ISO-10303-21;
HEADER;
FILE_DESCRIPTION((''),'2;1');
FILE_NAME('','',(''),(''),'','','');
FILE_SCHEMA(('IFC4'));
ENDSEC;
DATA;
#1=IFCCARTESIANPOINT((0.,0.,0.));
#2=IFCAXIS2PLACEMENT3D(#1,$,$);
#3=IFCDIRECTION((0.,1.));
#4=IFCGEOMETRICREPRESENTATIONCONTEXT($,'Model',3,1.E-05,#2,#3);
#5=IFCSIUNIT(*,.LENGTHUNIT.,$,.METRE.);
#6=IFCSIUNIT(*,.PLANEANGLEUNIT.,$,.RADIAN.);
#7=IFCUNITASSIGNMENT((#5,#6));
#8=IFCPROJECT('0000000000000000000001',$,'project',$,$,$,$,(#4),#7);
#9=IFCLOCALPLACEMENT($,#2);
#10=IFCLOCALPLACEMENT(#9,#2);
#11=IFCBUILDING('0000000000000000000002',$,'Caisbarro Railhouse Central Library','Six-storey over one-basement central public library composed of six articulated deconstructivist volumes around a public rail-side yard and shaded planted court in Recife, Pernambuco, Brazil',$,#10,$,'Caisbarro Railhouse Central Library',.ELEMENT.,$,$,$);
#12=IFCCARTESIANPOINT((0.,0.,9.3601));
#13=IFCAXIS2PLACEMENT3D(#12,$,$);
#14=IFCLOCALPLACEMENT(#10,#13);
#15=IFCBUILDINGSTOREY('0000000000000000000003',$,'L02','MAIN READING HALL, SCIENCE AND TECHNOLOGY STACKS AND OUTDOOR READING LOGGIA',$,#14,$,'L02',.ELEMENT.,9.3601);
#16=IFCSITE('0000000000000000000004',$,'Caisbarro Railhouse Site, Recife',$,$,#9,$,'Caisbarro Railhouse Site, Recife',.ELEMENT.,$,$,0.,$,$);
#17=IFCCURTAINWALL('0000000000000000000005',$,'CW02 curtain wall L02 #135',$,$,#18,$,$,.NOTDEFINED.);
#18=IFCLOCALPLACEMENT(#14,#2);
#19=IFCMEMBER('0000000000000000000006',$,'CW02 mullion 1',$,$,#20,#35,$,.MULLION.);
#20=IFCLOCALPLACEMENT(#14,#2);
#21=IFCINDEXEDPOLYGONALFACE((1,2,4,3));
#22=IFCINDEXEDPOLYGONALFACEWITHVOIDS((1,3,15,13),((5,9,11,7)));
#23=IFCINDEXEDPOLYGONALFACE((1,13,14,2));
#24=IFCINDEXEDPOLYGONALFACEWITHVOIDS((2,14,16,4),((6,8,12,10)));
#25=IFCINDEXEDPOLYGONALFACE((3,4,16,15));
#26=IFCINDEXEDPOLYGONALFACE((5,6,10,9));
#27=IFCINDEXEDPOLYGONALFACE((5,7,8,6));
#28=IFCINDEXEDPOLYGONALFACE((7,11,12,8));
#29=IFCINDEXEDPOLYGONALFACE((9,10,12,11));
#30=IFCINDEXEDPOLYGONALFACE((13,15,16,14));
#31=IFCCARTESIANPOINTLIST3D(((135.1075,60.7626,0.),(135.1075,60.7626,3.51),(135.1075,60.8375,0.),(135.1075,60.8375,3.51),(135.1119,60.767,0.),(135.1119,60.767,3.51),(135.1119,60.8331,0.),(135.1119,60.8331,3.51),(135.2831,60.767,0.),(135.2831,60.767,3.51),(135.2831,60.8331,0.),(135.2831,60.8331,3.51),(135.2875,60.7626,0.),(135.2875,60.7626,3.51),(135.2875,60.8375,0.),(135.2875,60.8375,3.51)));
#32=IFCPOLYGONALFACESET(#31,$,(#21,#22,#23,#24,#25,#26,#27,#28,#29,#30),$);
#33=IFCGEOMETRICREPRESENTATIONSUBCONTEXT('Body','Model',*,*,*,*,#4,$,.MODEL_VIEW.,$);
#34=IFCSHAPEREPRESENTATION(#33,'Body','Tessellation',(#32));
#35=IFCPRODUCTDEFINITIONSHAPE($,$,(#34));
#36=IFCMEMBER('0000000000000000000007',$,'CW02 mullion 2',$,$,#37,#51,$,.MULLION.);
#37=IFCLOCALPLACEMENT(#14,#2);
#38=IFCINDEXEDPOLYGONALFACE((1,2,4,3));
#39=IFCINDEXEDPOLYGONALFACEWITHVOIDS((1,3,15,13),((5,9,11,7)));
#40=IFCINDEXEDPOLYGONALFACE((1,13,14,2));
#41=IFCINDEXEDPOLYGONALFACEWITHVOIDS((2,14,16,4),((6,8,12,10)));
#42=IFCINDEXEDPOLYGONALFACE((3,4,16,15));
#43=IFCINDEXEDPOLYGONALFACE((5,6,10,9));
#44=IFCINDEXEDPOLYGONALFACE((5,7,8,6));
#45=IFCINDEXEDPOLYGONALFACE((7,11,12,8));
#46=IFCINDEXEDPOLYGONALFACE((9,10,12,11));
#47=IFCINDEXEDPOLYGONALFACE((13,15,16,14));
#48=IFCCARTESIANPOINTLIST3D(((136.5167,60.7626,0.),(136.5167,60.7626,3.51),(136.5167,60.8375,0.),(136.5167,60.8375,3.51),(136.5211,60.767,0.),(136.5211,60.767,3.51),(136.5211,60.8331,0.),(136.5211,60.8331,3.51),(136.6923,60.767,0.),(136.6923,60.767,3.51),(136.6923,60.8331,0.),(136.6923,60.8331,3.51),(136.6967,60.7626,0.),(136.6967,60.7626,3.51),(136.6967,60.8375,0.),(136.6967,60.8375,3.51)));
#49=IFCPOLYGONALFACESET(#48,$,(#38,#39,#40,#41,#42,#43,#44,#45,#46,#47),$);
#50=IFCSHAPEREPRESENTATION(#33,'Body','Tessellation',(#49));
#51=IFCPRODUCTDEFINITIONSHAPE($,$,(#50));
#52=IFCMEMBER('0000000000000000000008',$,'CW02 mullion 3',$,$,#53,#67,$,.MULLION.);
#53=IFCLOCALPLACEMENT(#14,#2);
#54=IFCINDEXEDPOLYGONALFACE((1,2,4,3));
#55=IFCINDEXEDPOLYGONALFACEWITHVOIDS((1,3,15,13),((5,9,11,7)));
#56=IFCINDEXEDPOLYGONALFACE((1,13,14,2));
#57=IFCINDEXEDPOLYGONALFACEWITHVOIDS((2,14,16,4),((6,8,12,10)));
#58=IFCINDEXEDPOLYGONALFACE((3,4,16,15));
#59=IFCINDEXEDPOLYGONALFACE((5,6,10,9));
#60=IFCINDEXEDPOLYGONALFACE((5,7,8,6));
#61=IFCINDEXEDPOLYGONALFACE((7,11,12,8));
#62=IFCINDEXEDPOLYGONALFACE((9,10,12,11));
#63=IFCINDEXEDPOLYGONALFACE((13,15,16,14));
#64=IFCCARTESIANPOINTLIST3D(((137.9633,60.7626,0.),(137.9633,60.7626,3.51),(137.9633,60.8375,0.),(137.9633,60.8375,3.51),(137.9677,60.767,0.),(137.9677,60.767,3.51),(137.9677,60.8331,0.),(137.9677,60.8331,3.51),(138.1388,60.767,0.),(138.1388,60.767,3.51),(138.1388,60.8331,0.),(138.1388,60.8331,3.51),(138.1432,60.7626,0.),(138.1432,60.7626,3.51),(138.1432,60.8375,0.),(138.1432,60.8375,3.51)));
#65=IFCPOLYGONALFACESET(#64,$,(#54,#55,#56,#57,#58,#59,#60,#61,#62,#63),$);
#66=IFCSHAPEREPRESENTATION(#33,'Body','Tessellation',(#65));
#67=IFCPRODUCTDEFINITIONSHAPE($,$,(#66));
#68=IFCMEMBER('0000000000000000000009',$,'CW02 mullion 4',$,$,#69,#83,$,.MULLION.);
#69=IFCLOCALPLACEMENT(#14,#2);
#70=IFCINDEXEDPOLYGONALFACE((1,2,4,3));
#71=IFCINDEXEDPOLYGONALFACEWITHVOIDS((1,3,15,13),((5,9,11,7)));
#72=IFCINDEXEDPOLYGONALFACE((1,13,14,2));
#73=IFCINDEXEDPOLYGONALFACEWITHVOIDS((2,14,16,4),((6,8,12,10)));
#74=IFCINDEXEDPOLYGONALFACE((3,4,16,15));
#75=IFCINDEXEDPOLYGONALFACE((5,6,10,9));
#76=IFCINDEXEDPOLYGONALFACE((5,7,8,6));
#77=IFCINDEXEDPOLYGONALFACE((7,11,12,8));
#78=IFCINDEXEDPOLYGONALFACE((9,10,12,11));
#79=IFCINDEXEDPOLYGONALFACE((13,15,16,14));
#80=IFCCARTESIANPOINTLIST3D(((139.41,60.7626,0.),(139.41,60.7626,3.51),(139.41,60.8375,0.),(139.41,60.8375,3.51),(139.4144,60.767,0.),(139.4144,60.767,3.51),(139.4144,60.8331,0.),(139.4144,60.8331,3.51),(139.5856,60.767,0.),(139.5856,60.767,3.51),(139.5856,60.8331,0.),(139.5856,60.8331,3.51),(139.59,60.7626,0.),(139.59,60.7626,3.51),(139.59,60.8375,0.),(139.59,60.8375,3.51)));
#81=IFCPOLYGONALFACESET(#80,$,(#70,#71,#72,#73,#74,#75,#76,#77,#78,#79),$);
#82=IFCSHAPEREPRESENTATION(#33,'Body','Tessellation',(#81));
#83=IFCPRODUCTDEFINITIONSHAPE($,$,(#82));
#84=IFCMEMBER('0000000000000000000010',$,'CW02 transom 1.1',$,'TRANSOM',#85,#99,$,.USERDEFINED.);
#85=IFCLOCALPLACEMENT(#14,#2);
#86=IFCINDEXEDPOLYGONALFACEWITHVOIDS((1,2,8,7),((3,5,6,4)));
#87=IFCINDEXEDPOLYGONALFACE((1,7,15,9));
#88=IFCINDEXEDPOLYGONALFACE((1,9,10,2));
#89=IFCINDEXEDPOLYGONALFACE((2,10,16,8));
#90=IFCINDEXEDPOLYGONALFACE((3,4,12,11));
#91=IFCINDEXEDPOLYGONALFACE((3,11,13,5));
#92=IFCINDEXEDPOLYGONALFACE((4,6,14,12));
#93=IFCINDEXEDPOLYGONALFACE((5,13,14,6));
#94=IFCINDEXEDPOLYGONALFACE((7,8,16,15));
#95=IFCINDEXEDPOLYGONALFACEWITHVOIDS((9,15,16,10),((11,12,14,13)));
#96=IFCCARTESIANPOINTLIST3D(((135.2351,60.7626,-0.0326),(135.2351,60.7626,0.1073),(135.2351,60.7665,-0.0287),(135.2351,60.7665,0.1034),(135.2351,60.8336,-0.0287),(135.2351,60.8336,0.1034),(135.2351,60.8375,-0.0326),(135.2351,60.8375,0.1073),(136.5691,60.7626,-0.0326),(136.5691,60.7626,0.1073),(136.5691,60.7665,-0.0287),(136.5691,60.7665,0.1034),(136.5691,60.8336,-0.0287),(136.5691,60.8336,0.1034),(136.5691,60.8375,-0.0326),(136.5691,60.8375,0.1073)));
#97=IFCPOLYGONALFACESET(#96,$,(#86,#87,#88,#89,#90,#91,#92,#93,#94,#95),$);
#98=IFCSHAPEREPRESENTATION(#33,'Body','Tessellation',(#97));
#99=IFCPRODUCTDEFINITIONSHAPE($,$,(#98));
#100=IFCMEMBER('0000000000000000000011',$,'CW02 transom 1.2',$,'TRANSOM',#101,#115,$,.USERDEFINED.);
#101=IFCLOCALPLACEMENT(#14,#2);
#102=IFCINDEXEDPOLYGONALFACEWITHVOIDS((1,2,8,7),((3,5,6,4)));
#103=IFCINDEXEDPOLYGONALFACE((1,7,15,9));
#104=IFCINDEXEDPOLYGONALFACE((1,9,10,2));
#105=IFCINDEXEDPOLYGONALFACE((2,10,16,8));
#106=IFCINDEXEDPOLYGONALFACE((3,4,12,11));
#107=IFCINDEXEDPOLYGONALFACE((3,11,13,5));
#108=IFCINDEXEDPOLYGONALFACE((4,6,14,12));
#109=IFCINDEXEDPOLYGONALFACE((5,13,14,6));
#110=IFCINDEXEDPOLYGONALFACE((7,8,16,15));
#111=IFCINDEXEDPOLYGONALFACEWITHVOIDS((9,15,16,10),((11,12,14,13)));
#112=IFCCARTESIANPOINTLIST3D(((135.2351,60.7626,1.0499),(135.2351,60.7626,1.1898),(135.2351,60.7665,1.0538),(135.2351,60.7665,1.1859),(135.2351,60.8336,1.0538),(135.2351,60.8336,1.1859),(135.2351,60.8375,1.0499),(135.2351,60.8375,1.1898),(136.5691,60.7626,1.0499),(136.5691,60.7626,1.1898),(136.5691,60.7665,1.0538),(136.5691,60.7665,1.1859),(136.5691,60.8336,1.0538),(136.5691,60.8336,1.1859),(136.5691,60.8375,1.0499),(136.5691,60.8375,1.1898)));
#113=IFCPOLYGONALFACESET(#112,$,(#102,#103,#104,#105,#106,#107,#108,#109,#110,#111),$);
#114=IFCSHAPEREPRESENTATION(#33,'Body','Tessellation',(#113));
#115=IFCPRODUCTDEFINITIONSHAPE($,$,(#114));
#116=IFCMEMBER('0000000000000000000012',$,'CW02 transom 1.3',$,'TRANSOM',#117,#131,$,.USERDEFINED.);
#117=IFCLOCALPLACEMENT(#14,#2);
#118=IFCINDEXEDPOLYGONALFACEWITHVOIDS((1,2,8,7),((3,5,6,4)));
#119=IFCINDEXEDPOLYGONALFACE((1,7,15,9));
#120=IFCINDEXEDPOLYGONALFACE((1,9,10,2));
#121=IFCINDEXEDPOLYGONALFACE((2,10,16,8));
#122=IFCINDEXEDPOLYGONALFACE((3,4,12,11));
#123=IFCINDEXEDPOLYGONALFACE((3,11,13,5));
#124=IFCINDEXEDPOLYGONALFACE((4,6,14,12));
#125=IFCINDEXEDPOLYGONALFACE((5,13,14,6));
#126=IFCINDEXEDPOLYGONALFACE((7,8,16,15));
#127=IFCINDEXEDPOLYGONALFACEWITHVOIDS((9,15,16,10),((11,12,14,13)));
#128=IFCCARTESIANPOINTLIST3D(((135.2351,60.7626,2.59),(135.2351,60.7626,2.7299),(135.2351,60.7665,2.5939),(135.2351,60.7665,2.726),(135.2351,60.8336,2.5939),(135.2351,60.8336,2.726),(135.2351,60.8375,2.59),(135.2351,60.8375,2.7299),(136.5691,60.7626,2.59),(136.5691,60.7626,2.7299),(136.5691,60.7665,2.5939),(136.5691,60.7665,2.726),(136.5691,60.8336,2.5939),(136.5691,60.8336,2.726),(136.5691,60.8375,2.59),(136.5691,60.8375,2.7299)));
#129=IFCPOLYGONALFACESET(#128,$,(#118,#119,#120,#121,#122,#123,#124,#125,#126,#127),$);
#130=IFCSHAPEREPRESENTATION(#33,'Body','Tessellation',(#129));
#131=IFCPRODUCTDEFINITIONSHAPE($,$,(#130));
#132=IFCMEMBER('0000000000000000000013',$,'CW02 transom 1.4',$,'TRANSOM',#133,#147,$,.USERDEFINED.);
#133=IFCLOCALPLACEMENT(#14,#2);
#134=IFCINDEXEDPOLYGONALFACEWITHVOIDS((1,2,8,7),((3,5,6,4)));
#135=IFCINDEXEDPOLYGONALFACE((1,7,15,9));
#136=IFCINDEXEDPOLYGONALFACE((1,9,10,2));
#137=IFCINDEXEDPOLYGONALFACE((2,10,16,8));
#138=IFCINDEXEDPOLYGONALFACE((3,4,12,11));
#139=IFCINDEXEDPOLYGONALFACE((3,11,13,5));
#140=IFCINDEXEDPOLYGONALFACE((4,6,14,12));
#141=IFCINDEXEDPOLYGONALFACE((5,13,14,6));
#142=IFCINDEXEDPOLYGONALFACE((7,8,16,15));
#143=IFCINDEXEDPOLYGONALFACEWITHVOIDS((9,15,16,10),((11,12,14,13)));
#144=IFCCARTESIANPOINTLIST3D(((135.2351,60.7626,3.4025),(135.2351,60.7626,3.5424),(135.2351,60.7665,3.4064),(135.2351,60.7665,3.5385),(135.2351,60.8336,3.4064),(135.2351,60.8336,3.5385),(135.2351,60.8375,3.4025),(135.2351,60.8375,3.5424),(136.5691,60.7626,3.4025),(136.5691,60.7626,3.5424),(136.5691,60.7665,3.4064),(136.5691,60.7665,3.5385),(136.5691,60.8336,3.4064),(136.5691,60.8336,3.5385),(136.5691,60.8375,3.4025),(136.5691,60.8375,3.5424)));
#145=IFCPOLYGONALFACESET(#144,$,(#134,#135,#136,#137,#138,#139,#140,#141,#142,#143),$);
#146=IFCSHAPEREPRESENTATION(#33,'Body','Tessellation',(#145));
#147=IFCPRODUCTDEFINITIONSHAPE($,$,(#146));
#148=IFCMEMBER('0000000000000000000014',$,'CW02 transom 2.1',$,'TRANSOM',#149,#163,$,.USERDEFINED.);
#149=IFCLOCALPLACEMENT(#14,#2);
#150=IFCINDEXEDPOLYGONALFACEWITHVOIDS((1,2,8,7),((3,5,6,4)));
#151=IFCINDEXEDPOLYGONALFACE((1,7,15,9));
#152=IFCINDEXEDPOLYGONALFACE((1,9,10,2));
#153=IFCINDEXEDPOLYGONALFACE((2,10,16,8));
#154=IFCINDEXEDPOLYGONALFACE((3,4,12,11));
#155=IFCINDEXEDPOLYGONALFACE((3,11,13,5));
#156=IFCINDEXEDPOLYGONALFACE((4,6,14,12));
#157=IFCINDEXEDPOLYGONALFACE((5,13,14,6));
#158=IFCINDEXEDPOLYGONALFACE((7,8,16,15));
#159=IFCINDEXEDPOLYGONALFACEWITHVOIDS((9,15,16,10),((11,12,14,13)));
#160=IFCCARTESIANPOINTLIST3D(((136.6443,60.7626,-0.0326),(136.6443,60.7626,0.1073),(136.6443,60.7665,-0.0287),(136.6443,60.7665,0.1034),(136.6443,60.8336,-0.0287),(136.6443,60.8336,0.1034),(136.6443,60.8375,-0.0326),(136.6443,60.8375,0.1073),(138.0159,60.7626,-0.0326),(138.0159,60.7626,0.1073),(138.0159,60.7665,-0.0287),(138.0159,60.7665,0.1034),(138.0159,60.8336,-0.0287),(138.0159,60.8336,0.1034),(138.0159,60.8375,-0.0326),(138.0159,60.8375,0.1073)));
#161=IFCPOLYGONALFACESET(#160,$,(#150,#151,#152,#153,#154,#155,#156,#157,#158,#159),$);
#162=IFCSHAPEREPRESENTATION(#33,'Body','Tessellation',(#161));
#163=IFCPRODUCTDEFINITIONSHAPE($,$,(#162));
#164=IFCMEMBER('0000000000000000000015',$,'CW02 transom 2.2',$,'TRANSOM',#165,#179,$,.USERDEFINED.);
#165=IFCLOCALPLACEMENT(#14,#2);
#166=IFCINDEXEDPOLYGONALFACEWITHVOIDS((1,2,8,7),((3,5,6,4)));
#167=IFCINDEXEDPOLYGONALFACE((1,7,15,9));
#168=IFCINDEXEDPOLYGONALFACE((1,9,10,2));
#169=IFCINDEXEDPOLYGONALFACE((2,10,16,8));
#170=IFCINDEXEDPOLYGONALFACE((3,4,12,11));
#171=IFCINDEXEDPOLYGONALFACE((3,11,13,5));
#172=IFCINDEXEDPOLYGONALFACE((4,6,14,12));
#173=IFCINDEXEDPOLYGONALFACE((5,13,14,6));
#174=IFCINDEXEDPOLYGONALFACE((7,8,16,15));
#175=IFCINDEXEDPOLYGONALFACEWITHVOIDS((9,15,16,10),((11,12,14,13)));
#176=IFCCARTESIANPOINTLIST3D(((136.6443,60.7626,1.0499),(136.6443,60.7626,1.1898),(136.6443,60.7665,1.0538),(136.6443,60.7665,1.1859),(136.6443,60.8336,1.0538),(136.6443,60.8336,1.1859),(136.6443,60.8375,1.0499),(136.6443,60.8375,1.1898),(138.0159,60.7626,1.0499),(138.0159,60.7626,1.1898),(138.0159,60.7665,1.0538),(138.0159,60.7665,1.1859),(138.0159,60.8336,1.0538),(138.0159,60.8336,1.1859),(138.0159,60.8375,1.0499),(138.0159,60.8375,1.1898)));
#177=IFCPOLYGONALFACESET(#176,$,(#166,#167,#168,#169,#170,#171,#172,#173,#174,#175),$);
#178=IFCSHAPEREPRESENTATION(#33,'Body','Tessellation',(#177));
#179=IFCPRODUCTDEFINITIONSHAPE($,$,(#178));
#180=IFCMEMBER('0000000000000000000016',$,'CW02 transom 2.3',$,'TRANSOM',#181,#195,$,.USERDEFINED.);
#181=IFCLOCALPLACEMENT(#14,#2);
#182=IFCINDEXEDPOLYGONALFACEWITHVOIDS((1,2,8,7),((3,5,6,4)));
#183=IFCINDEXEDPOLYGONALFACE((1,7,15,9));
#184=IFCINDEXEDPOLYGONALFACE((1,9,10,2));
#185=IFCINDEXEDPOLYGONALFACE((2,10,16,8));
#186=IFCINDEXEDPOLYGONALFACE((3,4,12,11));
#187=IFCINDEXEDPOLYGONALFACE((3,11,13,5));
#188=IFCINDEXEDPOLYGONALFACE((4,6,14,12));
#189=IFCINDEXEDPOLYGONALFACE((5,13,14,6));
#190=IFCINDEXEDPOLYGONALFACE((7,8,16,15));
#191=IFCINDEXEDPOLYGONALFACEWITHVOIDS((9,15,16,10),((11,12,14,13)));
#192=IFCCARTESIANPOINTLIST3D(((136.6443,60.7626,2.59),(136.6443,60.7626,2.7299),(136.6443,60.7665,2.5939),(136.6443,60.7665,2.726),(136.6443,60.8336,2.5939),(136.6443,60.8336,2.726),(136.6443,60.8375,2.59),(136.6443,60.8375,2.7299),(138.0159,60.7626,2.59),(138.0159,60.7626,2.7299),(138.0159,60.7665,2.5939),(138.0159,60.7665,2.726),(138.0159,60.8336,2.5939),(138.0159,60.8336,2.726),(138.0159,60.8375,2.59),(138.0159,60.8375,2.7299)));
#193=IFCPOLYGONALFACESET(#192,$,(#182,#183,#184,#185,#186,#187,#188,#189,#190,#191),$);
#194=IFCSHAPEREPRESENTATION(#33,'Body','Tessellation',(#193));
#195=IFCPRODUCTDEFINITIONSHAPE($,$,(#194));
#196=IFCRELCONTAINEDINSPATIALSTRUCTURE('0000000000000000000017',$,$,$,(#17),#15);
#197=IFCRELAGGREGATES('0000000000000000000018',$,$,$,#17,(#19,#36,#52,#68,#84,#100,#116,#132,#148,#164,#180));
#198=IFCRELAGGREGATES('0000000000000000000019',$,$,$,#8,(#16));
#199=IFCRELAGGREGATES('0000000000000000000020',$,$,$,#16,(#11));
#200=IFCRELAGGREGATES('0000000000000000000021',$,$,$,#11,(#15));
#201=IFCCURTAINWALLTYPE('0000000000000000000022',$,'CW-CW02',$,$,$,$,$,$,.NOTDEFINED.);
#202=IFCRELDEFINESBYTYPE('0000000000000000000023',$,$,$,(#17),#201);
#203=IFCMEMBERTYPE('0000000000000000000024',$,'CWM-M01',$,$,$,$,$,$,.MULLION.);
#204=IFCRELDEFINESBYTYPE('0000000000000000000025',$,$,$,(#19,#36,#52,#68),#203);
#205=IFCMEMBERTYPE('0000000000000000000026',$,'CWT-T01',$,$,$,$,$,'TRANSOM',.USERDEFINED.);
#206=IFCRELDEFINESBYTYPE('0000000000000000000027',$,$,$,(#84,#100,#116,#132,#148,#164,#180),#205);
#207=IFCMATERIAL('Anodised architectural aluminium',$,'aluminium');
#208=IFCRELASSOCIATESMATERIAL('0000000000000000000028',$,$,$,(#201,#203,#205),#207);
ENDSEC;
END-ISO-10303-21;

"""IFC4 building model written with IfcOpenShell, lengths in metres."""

from ifc_helpers import new_model, si_unit, direction, frame, origin, origin_2d, place, context, subcontext, project, spatial, hollow_rectangle, extrude, material, material_profile, profile_set, type_object, element, aggregate, save


model = new_model("IFC4")

# Units and contexts
model_context = context("Model", 3, precision=1e-05, world=origin(), true_north=direction((0.0, 1.0)))
body_context = subcontext(model_context, "Body", "Model", "MODEL_VIEW")
ifc_project = project(units=[si_unit("LENGTHUNIT", "METRE"), si_unit("PLANEANGLEUNIT", "RADIAN")], contexts=[model_context])

# Site, building, storey
site_placement = place(None, origin())
site = spatial("IfcSite", under=ifc_project, at=site_placement, Name="Caisbarro Railhouse Site, Recife", LongName="Caisbarro Railhouse Site, Recife", CompositionType="ELEMENT", RefElevation=0.0)
building_placement = place(site_placement, origin())
building = spatial("IfcBuilding", under=site, at=building_placement, Name="Caisbarro Railhouse Central Library", Description="Six-storey over one-basement central public library composed of six articulated deconstructivist volumes around a public rail-side yard and shaded planted court in Recife, Pernambuco, Brazil", LongName="Caisbarro Railhouse Central Library", CompositionType="ELEMENT")
storey_placement = place(building_placement, frame((0.0, 0.0, 9.3601)))
storey = spatial("IfcBuildingStorey", under=building, at=storey_placement, Name="L02", Description="MAIN READING HALL, SCIENCE AND TECHNOLOGY STACKS AND OUTDOOR READING LOGGIA", LongName="L02", CompositionType="ELEMENT", Elevation=9.3601)

# Curtain wall, members
ifc_material_1 = material(Name="Anodised architectural aluminium", Category="aluminium")
curtain_wall_type = type_object("IfcCurtainWallType", Name="CW-CW02", PredefinedType="NOTDEFINED", material=ifc_material_1)
curtain_wall_placement = place(storey_placement, origin())
curtain_wall = element("IfcCurtainWall", 1, at=curtain_wall_placement, inside=storey, type_object=curtain_wall_type, Name="CW02 curtain wall L02 #135", PredefinedType="NOTDEFINED")
ifc_material_profile_1 = material_profile(ifc_material_1, hollow_rectangle(XDim=0.075, YDim=0.1799, WallThickness=0.0044, at=origin_2d()), Name="ALU-MUL-75X180")
ifc_profile_set_1 = profile_set([ifc_material_profile_1], Name="Anodised architectural aluminium")
member_type_1 = type_object("IfcMemberType", Name="CWM-M01", PredefinedType="MULLION", material=ifc_profile_set_1)
member_1_placement = place(storey_placement, frame((135.1975, 60.8, 0.0), z_axis=(0.0, 0.0, 1.0), x_axis=(0.0, 1.0, 0.0)))
member_1 = element("IfcMember", 2, at=member_1_placement, type_object=member_type_1, Name="CW02 mullion 1", PredefinedType="MULLION", context=body_context, shape_type="SweptSolid", body=[
    extrude(hollow_rectangle(XDim=0.075, YDim=0.1799, WallThickness=0.0044, at=origin_2d()), origin(), (0.0, 0.0, 1.0), 3.51),
])
member_2_placement = place(storey_placement, frame((136.6067, 60.8, 0.0), z_axis=(0.0, 0.0, 1.0), x_axis=(0.0, 1.0, 0.0)))
member_2 = element("IfcMember", 3, at=member_2_placement, type_object=member_type_1, Name="CW02 mullion 2", PredefinedType="MULLION", context=body_context, shape_type="SweptSolid", body=[
    extrude(hollow_rectangle(XDim=0.075, YDim=0.1799, WallThickness=0.0044, at=origin_2d()), origin(), (0.0, 0.0, 1.0), 3.51),
])
member_3_placement = place(storey_placement, frame((138.0532, 60.8, 0.0), z_axis=(0.0, 0.0, 1.0), x_axis=(0.0, 1.0, 0.0)))
member_3 = element("IfcMember", 4, at=member_3_placement, type_object=member_type_1, Name="CW02 mullion 3", PredefinedType="MULLION", context=body_context, shape_type="SweptSolid", body=[
    extrude(hollow_rectangle(XDim=0.075, YDim=0.1799, WallThickness=0.0044, at=origin_2d()), origin(), (0.0, 0.0, 1.0), 3.51),
])
member_4_placement = place(storey_placement, frame((139.5, 60.8, 0.0), z_axis=(0.0, 0.0, 1.0), x_axis=(0.0, 1.0, 0.0)))
member_4 = element("IfcMember", 5, at=member_4_placement, type_object=member_type_1, Name="CW02 mullion 4", PredefinedType="MULLION", context=body_context, shape_type="SweptSolid", body=[
    extrude(hollow_rectangle(XDim=0.075, YDim=0.1799, WallThickness=0.0044, at=origin_2d()), origin(), (0.0, 0.0, 1.0), 3.51),
])
ifc_material_profile_2 = material_profile(ifc_material_1, hollow_rectangle(XDim=0.075, YDim=0.1399, WallThickness=0.0039, at=origin_2d()), Name="ALU-TRN-75X140")
ifc_profile_set_2 = profile_set([ifc_material_profile_2], Name="Anodised architectural aluminium")
member_type_2 = type_object("IfcMemberType", Name="CWT-T01", ElementType="TRANSOM", PredefinedType="USERDEFINED", material=ifc_profile_set_2)
member_5_placement = place(storey_placement, frame((135.2351, 60.8, 0.0374), z_axis=(1.0, 0.0, 0.0), x_axis=(0.0, 1.0, 0.0)))
member_5 = element("IfcMember", 6, at=member_5_placement, type_object=member_type_2, Name="CW02 transom 1.1", ObjectType="TRANSOM", PredefinedType="USERDEFINED", context=body_context, shape_type="SweptSolid", body=[
    extrude(hollow_rectangle(XDim=0.075, YDim=0.1399, WallThickness=0.0039, at=origin_2d()), origin(), (0.0, 0.0, 1.0), 1.334),
])
member_6_placement = place(storey_placement, frame((135.2351, 60.8, 1.1199), z_axis=(1.0, 0.0, 0.0), x_axis=(0.0, 1.0, 0.0)))
member_6 = element("IfcMember", 7, at=member_6_placement, type_object=member_type_2, Name="CW02 transom 1.2", ObjectType="TRANSOM", PredefinedType="USERDEFINED", context=body_context, shape_type="SweptSolid", body=[
    extrude(hollow_rectangle(XDim=0.075, YDim=0.1399, WallThickness=0.0039, at=origin_2d()), origin(), (0.0, 0.0, 1.0), 1.334),
])
member_7_placement = place(storey_placement, frame((135.2351, 60.8, 2.6599), z_axis=(1.0, 0.0, 0.0), x_axis=(0.0, 1.0, 0.0)))
member_7 = element("IfcMember", 8, at=member_7_placement, type_object=member_type_2, Name="CW02 transom 1.3", ObjectType="TRANSOM", PredefinedType="USERDEFINED", context=body_context, shape_type="SweptSolid", body=[
    extrude(hollow_rectangle(XDim=0.075, YDim=0.1399, WallThickness=0.0039, at=origin_2d()), origin(), (0.0, 0.0, 1.0), 1.334),
])
member_8_placement = place(storey_placement, frame((135.2351, 60.8, 3.4724), z_axis=(1.0, 0.0, 0.0), x_axis=(0.0, 1.0, 0.0)))
member_8 = element("IfcMember", 9, at=member_8_placement, type_object=member_type_2, Name="CW02 transom 1.4", ObjectType="TRANSOM", PredefinedType="USERDEFINED", context=body_context, shape_type="SweptSolid", body=[
    extrude(hollow_rectangle(XDim=0.075, YDim=0.1399, WallThickness=0.0039, at=origin_2d()), origin(), (0.0, 0.0, 1.0), 1.334),
])
member_9_placement = place(storey_placement, frame((136.6443, 60.8, 0.0374), z_axis=(1.0, 0.0, 0.0), x_axis=(0.0, 1.0, 0.0)))
member_9 = element("IfcMember", 10, at=member_9_placement, type_object=member_type_2, Name="CW02 transom 2.1", ObjectType="TRANSOM", PredefinedType="USERDEFINED", context=body_context, shape_type="SweptSolid", body=[
    extrude(hollow_rectangle(XDim=0.075, YDim=0.1399, WallThickness=0.0039, at=origin_2d()), origin(), (0.0, 0.0, 1.0), 1.3716),
])
member_10_placement = place(storey_placement, frame((136.6443, 60.8, 1.1199), z_axis=(1.0, 0.0, 0.0), x_axis=(0.0, 1.0, 0.0)))
member_10 = element("IfcMember", 11, at=member_10_placement, type_object=member_type_2, Name="CW02 transom 2.2", ObjectType="TRANSOM", PredefinedType="USERDEFINED", context=body_context, shape_type="SweptSolid", body=[
    extrude(hollow_rectangle(XDim=0.075, YDim=0.1399, WallThickness=0.0039, at=origin_2d()), origin(), (0.0, 0.0, 1.0), 1.3716),
])
member_11_placement = place(storey_placement, frame((136.6443, 60.8, 2.6599), z_axis=(1.0, 0.0, 0.0), x_axis=(0.0, 1.0, 0.0)))
member_11 = element("IfcMember", 12, at=member_11_placement, type_object=member_type_2, Name="CW02 transom 2.3", ObjectType="TRANSOM", PredefinedType="USERDEFINED", context=body_context, shape_type="SweptSolid", body=[
    extrude(hollow_rectangle(XDim=0.075, YDim=0.1399, WallThickness=0.0039, at=origin_2d()), origin(), (0.0, 0.0, 1.0), 1.3716),
])
aggregate(curtain_wall, [member_1, member_2, member_3, member_4, member_5, member_6, member_7, member_8, member_9, member_10, member_11])

save(model, "model.ifc")
